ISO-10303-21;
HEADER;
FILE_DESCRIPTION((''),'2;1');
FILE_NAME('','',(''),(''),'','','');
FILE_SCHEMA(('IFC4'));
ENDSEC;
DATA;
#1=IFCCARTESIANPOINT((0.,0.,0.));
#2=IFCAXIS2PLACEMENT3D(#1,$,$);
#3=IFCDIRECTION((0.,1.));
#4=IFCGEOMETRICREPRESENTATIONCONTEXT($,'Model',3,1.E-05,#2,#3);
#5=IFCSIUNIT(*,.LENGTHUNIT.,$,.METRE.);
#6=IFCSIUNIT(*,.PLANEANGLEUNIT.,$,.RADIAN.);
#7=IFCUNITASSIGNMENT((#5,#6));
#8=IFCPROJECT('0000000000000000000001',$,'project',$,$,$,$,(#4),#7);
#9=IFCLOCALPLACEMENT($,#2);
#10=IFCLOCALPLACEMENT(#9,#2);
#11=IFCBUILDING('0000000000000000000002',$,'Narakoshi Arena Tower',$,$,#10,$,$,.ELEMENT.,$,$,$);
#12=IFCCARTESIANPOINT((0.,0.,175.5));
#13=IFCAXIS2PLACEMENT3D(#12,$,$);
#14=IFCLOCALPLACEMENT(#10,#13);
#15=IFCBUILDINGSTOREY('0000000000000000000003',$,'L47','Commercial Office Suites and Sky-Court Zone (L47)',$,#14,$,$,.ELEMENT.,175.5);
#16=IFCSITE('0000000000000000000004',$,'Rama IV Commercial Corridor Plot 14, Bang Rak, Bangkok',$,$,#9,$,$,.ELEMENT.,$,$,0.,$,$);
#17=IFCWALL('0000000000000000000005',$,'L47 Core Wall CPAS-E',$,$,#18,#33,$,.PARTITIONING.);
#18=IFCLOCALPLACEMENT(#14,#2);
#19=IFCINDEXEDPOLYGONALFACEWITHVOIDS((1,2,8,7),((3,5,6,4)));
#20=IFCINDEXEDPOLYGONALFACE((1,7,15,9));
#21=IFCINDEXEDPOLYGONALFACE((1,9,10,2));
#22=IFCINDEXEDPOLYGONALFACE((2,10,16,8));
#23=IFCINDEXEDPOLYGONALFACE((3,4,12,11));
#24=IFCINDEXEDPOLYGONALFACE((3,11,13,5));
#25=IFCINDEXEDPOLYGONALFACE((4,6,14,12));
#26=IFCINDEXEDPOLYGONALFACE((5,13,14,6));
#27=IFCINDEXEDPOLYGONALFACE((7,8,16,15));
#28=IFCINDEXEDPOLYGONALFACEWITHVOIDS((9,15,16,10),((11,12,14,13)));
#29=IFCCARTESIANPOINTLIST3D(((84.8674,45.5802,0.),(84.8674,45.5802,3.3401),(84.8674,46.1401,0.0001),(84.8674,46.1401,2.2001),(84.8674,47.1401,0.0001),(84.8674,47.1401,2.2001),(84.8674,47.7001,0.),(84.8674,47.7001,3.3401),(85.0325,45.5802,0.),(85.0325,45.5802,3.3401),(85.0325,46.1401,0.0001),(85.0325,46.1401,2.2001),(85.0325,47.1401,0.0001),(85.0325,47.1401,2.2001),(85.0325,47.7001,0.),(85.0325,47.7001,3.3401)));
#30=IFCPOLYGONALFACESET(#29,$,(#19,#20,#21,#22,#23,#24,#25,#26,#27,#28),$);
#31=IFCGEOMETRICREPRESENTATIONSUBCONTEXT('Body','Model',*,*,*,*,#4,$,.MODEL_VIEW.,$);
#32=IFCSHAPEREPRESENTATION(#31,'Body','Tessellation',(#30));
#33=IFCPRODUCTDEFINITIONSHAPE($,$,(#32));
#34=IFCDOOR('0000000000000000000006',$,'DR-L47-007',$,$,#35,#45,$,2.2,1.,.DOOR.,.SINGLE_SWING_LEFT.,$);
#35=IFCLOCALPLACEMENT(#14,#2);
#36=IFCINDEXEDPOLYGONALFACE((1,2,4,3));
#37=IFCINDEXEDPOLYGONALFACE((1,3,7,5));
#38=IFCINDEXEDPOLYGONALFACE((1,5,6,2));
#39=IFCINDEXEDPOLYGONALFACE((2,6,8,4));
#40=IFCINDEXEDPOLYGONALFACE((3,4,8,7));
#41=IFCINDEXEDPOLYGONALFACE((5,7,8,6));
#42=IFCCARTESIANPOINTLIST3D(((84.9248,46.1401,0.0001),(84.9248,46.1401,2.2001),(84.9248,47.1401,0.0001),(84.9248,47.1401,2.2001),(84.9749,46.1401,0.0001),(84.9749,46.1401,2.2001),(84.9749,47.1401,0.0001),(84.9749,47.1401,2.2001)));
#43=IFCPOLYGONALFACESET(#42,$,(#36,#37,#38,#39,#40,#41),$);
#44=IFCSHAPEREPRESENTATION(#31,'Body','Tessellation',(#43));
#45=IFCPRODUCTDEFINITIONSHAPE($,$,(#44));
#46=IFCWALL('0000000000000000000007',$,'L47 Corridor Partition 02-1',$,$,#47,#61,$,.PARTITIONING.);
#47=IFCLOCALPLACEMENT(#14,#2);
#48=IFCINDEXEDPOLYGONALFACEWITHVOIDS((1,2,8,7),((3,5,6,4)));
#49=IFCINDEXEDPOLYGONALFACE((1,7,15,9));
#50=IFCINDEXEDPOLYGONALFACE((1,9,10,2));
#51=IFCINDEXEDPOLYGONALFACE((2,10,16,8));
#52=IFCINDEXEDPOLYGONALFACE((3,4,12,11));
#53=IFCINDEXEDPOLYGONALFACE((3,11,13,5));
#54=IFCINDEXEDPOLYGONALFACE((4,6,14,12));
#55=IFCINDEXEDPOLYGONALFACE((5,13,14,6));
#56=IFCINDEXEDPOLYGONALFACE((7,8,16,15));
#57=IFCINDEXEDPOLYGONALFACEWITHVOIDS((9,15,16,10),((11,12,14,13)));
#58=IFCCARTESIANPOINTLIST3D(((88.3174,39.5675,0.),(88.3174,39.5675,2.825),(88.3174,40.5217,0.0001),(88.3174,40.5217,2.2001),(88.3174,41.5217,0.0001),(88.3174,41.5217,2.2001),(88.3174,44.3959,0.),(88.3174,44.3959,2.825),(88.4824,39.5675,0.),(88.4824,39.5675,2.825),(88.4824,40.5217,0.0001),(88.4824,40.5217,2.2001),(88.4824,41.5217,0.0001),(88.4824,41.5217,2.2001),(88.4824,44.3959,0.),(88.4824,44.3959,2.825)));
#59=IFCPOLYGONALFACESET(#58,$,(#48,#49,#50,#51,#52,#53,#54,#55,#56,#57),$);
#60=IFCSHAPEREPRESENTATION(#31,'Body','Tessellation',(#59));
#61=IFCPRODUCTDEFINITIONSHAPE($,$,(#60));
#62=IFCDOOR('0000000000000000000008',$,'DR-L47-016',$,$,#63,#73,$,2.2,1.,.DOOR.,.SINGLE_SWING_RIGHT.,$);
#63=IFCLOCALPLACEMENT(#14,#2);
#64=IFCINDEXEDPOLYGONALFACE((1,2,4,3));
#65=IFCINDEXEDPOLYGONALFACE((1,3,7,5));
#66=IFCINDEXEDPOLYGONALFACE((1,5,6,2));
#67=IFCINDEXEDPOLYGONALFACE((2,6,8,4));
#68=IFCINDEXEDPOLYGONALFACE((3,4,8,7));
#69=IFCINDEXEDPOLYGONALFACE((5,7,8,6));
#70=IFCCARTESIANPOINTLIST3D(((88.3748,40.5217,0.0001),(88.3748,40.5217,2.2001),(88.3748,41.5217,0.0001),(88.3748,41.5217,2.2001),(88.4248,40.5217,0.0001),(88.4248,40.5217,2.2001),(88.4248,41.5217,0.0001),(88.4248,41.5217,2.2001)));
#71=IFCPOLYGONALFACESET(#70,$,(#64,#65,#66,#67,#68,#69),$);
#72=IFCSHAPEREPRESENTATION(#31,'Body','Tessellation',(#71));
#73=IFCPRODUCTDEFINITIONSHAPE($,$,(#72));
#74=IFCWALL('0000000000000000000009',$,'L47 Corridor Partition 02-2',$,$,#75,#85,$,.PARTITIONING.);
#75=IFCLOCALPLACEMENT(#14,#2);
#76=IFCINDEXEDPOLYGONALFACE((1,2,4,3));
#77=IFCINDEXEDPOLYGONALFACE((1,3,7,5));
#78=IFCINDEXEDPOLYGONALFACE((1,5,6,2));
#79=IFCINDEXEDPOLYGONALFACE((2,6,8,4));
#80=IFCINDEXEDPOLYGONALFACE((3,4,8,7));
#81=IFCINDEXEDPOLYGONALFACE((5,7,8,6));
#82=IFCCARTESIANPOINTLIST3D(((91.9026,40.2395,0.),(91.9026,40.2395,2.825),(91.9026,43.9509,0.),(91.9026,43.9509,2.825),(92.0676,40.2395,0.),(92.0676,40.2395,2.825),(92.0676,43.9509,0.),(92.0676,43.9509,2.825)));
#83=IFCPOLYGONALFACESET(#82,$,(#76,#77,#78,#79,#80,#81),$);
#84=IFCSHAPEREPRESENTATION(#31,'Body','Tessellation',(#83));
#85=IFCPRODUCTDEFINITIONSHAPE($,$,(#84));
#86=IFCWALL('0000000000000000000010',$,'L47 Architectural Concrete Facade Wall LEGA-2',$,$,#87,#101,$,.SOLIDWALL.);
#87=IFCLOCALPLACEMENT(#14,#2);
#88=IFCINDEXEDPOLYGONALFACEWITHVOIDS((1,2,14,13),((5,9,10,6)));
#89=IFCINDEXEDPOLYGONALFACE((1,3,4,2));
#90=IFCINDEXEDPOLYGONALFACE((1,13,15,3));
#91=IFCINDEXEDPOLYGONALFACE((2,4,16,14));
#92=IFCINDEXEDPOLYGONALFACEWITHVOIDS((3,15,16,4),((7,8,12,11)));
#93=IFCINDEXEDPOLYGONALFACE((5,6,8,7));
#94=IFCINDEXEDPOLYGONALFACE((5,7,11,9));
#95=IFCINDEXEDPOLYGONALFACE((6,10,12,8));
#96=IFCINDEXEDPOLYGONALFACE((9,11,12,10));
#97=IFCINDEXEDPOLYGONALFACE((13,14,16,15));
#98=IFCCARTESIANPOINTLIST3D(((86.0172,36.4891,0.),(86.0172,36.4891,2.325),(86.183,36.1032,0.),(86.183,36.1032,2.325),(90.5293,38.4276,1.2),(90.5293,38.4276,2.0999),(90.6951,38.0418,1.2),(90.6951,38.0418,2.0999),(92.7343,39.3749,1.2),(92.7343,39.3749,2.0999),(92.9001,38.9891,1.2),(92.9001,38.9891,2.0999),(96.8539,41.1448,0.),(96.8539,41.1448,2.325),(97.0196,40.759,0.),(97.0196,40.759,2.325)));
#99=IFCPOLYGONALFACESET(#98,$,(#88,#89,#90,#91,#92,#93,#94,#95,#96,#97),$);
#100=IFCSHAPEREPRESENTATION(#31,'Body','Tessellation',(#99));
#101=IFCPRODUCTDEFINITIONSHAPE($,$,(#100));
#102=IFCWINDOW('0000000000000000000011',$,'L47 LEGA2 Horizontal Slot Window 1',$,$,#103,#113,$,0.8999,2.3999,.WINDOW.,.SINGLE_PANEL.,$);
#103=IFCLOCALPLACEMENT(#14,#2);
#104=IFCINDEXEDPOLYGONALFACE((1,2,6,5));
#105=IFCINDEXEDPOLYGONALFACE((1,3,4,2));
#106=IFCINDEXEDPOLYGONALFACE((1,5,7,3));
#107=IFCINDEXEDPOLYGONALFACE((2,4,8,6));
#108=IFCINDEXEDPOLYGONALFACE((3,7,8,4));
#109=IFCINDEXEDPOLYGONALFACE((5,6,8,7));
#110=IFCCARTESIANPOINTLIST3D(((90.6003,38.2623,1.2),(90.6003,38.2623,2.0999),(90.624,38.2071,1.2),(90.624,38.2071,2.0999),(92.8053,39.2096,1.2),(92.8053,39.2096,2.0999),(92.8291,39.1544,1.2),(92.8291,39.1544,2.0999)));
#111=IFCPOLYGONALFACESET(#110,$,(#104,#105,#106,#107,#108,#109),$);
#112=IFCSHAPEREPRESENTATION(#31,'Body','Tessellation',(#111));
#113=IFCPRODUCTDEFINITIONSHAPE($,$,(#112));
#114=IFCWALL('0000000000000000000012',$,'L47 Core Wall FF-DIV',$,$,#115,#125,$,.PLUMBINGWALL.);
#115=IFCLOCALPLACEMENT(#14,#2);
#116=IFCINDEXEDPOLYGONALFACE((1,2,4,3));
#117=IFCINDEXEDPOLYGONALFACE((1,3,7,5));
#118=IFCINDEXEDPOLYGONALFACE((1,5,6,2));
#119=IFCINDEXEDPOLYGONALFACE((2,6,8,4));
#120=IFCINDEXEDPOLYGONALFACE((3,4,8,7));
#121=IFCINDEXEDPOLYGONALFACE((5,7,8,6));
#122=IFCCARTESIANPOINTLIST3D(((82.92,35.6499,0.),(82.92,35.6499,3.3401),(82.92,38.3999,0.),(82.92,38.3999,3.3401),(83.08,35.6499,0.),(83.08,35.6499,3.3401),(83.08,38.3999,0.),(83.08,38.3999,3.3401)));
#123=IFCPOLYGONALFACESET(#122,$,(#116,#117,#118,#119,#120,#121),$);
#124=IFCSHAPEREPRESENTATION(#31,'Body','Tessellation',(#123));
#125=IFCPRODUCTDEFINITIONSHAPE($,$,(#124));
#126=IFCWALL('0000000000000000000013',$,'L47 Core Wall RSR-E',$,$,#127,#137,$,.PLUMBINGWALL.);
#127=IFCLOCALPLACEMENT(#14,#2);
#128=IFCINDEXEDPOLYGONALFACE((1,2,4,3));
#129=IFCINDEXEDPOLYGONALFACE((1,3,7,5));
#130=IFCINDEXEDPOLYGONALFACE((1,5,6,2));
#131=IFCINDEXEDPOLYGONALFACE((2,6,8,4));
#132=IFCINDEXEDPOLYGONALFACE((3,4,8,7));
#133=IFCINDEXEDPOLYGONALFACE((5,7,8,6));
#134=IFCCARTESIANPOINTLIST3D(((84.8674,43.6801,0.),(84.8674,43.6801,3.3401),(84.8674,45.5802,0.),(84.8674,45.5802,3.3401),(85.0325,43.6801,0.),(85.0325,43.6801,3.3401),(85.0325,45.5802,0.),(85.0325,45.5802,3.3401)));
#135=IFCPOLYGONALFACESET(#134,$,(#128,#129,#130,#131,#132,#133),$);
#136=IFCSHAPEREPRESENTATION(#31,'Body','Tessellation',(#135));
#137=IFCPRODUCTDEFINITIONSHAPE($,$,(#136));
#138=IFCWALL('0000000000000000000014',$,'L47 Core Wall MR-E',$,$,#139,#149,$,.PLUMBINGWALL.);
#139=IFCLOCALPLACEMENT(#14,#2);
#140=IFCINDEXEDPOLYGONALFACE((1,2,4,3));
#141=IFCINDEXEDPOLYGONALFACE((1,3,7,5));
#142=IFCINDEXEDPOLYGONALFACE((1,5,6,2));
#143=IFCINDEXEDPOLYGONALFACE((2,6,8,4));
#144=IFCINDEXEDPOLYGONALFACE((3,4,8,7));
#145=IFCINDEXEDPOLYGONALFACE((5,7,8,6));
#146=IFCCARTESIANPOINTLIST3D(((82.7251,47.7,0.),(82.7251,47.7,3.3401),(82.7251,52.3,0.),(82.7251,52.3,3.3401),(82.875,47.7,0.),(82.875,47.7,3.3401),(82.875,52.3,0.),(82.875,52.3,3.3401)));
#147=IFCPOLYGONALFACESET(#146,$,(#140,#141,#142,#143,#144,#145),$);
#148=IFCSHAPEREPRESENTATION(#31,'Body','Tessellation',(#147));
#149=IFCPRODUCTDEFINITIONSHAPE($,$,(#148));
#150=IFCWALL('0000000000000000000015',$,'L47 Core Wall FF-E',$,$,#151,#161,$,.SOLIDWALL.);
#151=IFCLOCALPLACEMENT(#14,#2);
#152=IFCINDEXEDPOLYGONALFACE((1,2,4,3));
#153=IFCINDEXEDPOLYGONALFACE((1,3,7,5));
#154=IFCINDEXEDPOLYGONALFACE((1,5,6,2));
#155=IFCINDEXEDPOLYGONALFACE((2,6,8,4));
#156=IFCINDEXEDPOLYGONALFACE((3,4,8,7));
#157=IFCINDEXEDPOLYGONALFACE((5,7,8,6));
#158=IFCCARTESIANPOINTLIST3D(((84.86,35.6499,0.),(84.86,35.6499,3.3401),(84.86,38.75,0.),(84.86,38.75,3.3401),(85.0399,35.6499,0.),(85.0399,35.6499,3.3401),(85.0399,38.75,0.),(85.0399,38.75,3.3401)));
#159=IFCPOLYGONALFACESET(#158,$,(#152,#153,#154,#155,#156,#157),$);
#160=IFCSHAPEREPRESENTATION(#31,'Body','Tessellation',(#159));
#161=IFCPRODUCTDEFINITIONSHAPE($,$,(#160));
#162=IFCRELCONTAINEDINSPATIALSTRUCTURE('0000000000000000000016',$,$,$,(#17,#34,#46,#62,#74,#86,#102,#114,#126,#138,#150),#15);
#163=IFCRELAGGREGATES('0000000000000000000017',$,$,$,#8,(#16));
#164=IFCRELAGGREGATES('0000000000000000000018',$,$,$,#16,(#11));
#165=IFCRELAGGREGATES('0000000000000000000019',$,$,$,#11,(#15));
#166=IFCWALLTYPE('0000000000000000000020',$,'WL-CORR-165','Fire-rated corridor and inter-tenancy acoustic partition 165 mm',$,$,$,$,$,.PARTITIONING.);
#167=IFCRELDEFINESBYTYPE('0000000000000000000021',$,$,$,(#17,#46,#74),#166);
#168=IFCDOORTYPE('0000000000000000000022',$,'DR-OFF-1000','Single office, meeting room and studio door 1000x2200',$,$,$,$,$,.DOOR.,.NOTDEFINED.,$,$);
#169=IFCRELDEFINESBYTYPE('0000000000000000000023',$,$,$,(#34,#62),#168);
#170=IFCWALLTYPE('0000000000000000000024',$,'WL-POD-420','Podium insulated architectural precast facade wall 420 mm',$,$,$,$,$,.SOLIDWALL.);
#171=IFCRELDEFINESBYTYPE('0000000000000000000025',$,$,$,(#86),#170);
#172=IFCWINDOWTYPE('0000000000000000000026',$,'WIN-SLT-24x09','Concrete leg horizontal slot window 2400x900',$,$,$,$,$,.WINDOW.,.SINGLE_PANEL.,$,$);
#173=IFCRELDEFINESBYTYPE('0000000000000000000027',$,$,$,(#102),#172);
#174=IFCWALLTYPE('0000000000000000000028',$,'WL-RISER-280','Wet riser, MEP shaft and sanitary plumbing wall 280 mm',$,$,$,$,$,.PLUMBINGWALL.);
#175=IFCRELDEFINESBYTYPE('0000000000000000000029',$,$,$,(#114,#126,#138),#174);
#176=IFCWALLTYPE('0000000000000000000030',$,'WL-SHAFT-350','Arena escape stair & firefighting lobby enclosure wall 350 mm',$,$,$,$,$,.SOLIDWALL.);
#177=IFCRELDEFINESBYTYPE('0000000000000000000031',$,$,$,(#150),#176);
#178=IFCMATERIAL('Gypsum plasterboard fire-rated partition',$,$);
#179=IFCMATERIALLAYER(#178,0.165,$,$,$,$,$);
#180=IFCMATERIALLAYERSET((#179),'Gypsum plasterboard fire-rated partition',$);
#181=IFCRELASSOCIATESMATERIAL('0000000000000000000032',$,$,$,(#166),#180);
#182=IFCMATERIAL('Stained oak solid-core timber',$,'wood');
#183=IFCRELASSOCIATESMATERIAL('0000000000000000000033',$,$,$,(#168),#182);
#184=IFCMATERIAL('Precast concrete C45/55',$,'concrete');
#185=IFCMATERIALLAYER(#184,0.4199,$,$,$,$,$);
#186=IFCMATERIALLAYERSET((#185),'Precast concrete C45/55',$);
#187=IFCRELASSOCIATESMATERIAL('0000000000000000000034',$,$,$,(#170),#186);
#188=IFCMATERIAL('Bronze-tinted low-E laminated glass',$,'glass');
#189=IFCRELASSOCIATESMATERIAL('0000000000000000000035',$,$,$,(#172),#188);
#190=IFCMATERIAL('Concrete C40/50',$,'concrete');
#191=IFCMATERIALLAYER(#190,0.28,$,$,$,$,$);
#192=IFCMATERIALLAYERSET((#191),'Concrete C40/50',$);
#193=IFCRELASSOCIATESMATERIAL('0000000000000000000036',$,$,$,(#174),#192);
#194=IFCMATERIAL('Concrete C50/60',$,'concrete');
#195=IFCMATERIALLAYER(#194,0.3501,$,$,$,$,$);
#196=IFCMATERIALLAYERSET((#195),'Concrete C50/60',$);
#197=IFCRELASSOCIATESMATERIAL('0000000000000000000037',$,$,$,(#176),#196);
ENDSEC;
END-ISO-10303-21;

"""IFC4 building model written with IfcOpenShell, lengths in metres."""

from ifc_helpers import new_model, si_unit, direction, frame, frame_2d, origin, place, context, subcontext, project, spatial, rectangle, extrude, material, layer, layer_set, type_object, element, fill, save


model = new_model("IFC4")

# Units and contexts
model_context = context("Model", 3, precision=1e-05, world=origin(), true_north=direction((0.0, 1.0)))
body_context = subcontext(model_context, "Body", "Model", "MODEL_VIEW")
ifc_project = project(units=[si_unit("LENGTHUNIT", "METRE"), si_unit("PLANEANGLEUNIT", "RADIAN")], contexts=[model_context])

# Site, building, storey
site_placement = place(None, origin())
site = spatial("IfcSite", under=ifc_project, at=site_placement, Name="Rama IV Commercial Corridor Plot 14, Bang Rak, Bangkok", CompositionType="ELEMENT", RefElevation=0.0)
building_placement = place(site_placement, origin())
building = spatial("IfcBuilding", under=site, at=building_placement, Name="Narakoshi Arena Tower", CompositionType="ELEMENT")
storey_placement = place(building_placement, frame((0.0, 0.0, 175.5)))
storey = spatial("IfcBuildingStorey", under=building, at=storey_placement, Name="L47", Description="Commercial Office Suites and Sky-Court Zone (L47)", CompositionType="ELEMENT", Elevation=175.5)

# Shared definitions
ifc_material_1 = material(Name="Concrete C50/60", Category="concrete")

# Walls, openings, doors
ifc_material_2 = material(Name="Gypsum plasterboard fire-rated partition")
ifc_layer_1 = layer(ifc_material_2, 0.165)
ifc_layer_set_1 = layer_set([ifc_layer_1], Name="Gypsum plasterboard fire-rated partition")
wall_type_1 = type_object("IfcWallType", Name="WL-CORR-165", Description="Fire-rated corridor and inter-tenancy acoustic partition 165 mm", PredefinedType="PARTITIONING", material=ifc_layer_set_1)
wall_1_placement = place(storey_placement, frame((84.95, 45.5801, 0.0), z_axis=(0.0, 0.0, 1.0), x_axis=(0.0, 1.0, 0.0)))
wall_1 = element("IfcWall", 1, at=wall_1_placement, inside=storey, type_object=wall_type_1, Name="L47 Core Wall CPAS-E", PredefinedType="PARTITIONING", context=body_context, shape_type="SweptSolid", body=[
    extrude(rectangle(XDim=2.1199, YDim=0.165, at=frame_2d((1.0601, 0.0))), origin(), (0.0, 0.0, 1.0), 3.3401),
])
opening_1_placement = place(wall_1_placement, frame((0.5601, 0.0, 0.0)))
opening_1 = element("IfcOpeningElement", 2, at=opening_1_placement, cuts=wall_1, PredefinedType="OPENING", context=body_context, shape_type="SweptSolid", body=[
    extrude(rectangle(XDim=1.0, YDim=2.2, at=frame_2d((0.5, 1.1001))), frame((0.0, 0.0925, 0.0), z_axis=(0.0, -1.0, 0.0), x_axis=(1.0, 0.0, 0.0)), (0.0, 0.0, 1.0), 0.1851),
])
ifc_material_3 = material(Name="Stained oak solid-core timber", Category="wood")
door_type_1 = type_object("IfcDoorType", Name="DR-OFF-1000", Description="Single office, meeting room and studio door 1000x2200", OperationType="NOTDEFINED", PredefinedType="DOOR", material=ifc_material_3)
door_1_placement = place(opening_1_placement, frame((1.0, 0.0, 0.0), z_axis=(0.0, 0.0, 1.0), x_axis=(-1.0, 0.0, 0.0)))
door_1 = element("IfcDoor", 3, at=door_1_placement, inside=storey, type_object=door_type_1, Name="DR-L47-007", OperationType="SINGLE_SWING_LEFT", OverallHeight=2.2, OverallWidth=1.0, PredefinedType="DOOR", context=body_context, shape_type="SweptSolid", body=[
    extrude(rectangle(XDim=1.0, YDim=2.2, at=frame_2d((0.5, 1.1001))), frame((0.0, 0.0249, 0.0), z_axis=(0.0, -1.0, 0.0), x_axis=(1.0, 0.0, 0.0)), (0.0, 0.0, 1.0), 0.05),
])
fill(opening_1, door_1)
wall_2_placement = place(storey_placement, frame((88.3999, 39.5676, 0.0), z_axis=(0.0, 0.0, 1.0), x_axis=(0.0, 1.0, 0.0)))
wall_2 = element("IfcWall", 4, at=wall_2_placement, inside=storey, type_object=wall_type_1, Name="L47 Corridor Partition 02-1", PredefinedType="PARTITIONING", context=body_context, shape_type="SweptSolid", body=[
    extrude(rectangle(XDim=4.8284, YDim=0.165, at=frame_2d((2.4141, 0.0))), origin(), (0.0, 0.0, 1.0), 2.825),
])
opening_2_placement = place(wall_2_placement, frame((0.9541, 0.0, 0.0)))
opening_2 = element("IfcOpeningElement", 5, at=opening_2_placement, cuts=wall_2, PredefinedType="OPENING", context=body_context, shape_type="SweptSolid", body=[
    extrude(rectangle(XDim=1.0, YDim=2.2, at=frame_2d((0.5, 1.1001))), frame((0.0, 0.0925, 0.0), z_axis=(0.0, -1.0, 0.0), x_axis=(1.0, 0.0, 0.0)), (0.0, 0.0, 1.0), 0.1851),
])
door_2_placement = place(opening_2_placement, frame((1.0, 0.0, 0.0), z_axis=(0.0, 0.0, 1.0), x_axis=(-1.0, 0.0, 0.0)))
door_2 = element("IfcDoor", 6, at=door_2_placement, inside=storey, type_object=door_type_1, Name="DR-L47-016", OperationType="SINGLE_SWING_RIGHT", OverallHeight=2.2, OverallWidth=1.0, PredefinedType="DOOR", context=body_context, shape_type="SweptSolid", body=[
    extrude(rectangle(XDim=1.0, YDim=2.2, at=frame_2d((0.5, 1.1001))), frame((0.0, 0.0249, 0.0), z_axis=(0.0, -1.0, 0.0), x_axis=(1.0, 0.0, 0.0)), (0.0, 0.0, 1.0), 0.05),
])
fill(opening_2, door_2)

# Wall
wall_3_placement = place(storey_placement, frame((91.9851, 43.9509, 0.0), z_axis=(0.0, 0.0, 1.0), x_axis=(0.0, -1.0, 0.0)))
element("IfcWall", 7, at=wall_3_placement, inside=storey, type_object=wall_type_1, Name="L47 Corridor Partition 02-2", PredefinedType="PARTITIONING", context=body_context, shape_type="SweptSolid", body=[
    extrude(rectangle(XDim=3.7114, YDim=0.165, at=frame_2d((1.8557, 0.0))), origin(), (0.0, 0.0, 1.0), 2.825),
])

# Wall, opening, window
ifc_material_4 = material(Name="Precast concrete C45/55", Category="concrete")
ifc_layer_2 = layer(ifc_material_4, 0.4199)
ifc_layer_set_2 = layer_set([ifc_layer_2], Name="Precast concrete C45/55")
wall_type_2 = type_object("IfcWallType", Name="WL-POD-420", Description="Podium insulated architectural precast facade wall 420 mm", PredefinedType="SOLIDWALL", material=ifc_layer_set_2)
wall_4_placement = place(storey_placement, frame((86.1001, 36.2961, 0.0), z_axis=(0.0, 0.0, 1.0), x_axis=(0.918792, 0.394741, 0.0)))
wall_4 = element("IfcWall", 8, at=wall_4_placement, inside=storey, type_object=wall_type_2, Name="L47 Architectural Concrete Facade Wall LEGA-2", PredefinedType="SOLIDWALL", context=body_context, shape_type="SweptSolid", body=[
    extrude(rectangle(XDim=11.7944, YDim=0.4199, at=frame_2d((5.8972, 0.0))), origin(), (0.0, 0.0, 1.0), 2.325),
])
opening_3_placement = place(wall_4_placement, frame((4.9109, 0.0, 1.2)))
opening_3 = element("IfcOpeningElement", 9, at=opening_3_placement, cuts=wall_4, PredefinedType="OPENING", context=body_context, shape_type="SweptSolid", body=[
    extrude(rectangle(XDim=2.3999, YDim=0.8999, at=frame_2d((1.2, 0.45))), frame((0.0, 0.22, 0.0), z_axis=(0.0, -1.0, 0.0), x_axis=(1.0, 0.0, 0.0)), (0.0, 0.0, 1.0), 0.4399),
])
ifc_material_5 = material(Name="Bronze-tinted low-E laminated glass", Category="glass")
window_type = type_object("IfcWindowType", Name="WIN-SLT-24x09", Description="Concrete leg horizontal slot window 2400x900", PartitioningType="SINGLE_PANEL", PredefinedType="WINDOW", material=ifc_material_5)
window_placement = place(opening_3_placement, origin())
window = element("IfcWindow", 10, at=window_placement, inside=storey, type_object=window_type, Name="L47 LEGA2 Horizontal Slot Window 1", OverallHeight=0.8999, OverallWidth=2.3999, PartitioningType="SINGLE_PANEL", PredefinedType="WINDOW", context=body_context, shape_type="SweptSolid", body=[
    extrude(rectangle(XDim=2.3999, YDim=0.8999, at=frame_2d((1.2, 0.45))), frame((0.0, 0.03, 0.0), z_axis=(0.0, -1.0, 0.0), x_axis=(1.0, 0.0, 0.0)), (0.0, 0.0, 1.0), 0.0601),
])
fill(opening_3, window)

# Walls
ifc_material_6 = material(Name="Concrete C40/50", Category="concrete")
ifc_layer_3 = layer(ifc_material_6, 0.28)
ifc_layer_set_3 = layer_set([ifc_layer_3], Name="Concrete C40/50")
wall_type_3 = type_object("IfcWallType", Name="WL-RISER-280", Description="Wet riser, MEP shaft and sanitary plumbing wall 280 mm", PredefinedType="PLUMBINGWALL", material=ifc_layer_set_3)
wall_5_placement = place(storey_placement, frame((83.0, 35.6499, 0.0), z_axis=(0.0, 0.0, 1.0), x_axis=(0.0, 1.0, 0.0)))
element("IfcWall", 11, at=wall_5_placement, inside=storey, type_object=wall_type_3, Name="L47 Core Wall FF-DIV", PredefinedType="PLUMBINGWALL", context=body_context, shape_type="SweptSolid", body=[
    extrude(rectangle(XDim=2.75, YDim=0.1599, at=frame_2d((1.375, 0.0))), origin(), (0.0, 0.0, 1.0), 3.3401),
])
wall_6_placement = place(storey_placement, frame((84.95, 43.6799, 0.0), z_axis=(0.0, 0.0, 1.0), x_axis=(0.0, 1.0, 0.0)))
element("IfcWall", 12, at=wall_6_placement, inside=storey, type_object=wall_type_3, Name="L47 Core Wall RSR-E", PredefinedType="PLUMBINGWALL", context=body_context, shape_type="SweptSolid", body=[
    extrude(rectangle(XDim=1.9001, YDim=0.165, at=frame_2d((0.9502, 0.0))), origin(), (0.0, 0.0, 1.0), 3.3401),
])
wall_7_placement = place(storey_placement, frame((82.8, 47.7, 0.0), z_axis=(0.0, 0.0, 1.0), x_axis=(0.0, 1.0, 0.0)))
element("IfcWall", 13, at=wall_7_placement, inside=storey, type_object=wall_type_3, Name="L47 Core Wall MR-E", PredefinedType="PLUMBINGWALL", context=body_context, shape_type="SweptSolid", body=[
    extrude(rectangle(XDim=4.6001, YDim=0.1499, at=frame_2d((2.3, 0.0))), origin(), (0.0, 0.0, 1.0), 3.3401),
])
ifc_layer_4 = layer(ifc_material_1, 0.3501)
ifc_layer_set_4 = layer_set([ifc_layer_4], Name="Concrete C50/60")
wall_type_4 = type_object("IfcWallType", Name="WL-SHAFT-350", Description="Arena escape stair & firefighting lobby enclosure wall 350 mm", PredefinedType="SOLIDWALL", material=ifc_layer_set_4)
wall_8_placement = place(storey_placement, frame((84.95, 35.6499, 0.0), z_axis=(0.0, 0.0, 1.0), x_axis=(0.0, 1.0, 0.0)))
element("IfcWall", 14, at=wall_8_placement, inside=storey, type_object=wall_type_4, Name="L47 Core Wall FF-E", PredefinedType="SOLIDWALL", context=body_context, shape_type="SweptSolid", body=[
    extrude(rectangle(XDim=3.1001, YDim=0.1799, at=frame_2d((1.55, 0.0))), origin(), (0.0, 0.0, 1.0), 3.3401),
])

save(model, "model.ifc")
